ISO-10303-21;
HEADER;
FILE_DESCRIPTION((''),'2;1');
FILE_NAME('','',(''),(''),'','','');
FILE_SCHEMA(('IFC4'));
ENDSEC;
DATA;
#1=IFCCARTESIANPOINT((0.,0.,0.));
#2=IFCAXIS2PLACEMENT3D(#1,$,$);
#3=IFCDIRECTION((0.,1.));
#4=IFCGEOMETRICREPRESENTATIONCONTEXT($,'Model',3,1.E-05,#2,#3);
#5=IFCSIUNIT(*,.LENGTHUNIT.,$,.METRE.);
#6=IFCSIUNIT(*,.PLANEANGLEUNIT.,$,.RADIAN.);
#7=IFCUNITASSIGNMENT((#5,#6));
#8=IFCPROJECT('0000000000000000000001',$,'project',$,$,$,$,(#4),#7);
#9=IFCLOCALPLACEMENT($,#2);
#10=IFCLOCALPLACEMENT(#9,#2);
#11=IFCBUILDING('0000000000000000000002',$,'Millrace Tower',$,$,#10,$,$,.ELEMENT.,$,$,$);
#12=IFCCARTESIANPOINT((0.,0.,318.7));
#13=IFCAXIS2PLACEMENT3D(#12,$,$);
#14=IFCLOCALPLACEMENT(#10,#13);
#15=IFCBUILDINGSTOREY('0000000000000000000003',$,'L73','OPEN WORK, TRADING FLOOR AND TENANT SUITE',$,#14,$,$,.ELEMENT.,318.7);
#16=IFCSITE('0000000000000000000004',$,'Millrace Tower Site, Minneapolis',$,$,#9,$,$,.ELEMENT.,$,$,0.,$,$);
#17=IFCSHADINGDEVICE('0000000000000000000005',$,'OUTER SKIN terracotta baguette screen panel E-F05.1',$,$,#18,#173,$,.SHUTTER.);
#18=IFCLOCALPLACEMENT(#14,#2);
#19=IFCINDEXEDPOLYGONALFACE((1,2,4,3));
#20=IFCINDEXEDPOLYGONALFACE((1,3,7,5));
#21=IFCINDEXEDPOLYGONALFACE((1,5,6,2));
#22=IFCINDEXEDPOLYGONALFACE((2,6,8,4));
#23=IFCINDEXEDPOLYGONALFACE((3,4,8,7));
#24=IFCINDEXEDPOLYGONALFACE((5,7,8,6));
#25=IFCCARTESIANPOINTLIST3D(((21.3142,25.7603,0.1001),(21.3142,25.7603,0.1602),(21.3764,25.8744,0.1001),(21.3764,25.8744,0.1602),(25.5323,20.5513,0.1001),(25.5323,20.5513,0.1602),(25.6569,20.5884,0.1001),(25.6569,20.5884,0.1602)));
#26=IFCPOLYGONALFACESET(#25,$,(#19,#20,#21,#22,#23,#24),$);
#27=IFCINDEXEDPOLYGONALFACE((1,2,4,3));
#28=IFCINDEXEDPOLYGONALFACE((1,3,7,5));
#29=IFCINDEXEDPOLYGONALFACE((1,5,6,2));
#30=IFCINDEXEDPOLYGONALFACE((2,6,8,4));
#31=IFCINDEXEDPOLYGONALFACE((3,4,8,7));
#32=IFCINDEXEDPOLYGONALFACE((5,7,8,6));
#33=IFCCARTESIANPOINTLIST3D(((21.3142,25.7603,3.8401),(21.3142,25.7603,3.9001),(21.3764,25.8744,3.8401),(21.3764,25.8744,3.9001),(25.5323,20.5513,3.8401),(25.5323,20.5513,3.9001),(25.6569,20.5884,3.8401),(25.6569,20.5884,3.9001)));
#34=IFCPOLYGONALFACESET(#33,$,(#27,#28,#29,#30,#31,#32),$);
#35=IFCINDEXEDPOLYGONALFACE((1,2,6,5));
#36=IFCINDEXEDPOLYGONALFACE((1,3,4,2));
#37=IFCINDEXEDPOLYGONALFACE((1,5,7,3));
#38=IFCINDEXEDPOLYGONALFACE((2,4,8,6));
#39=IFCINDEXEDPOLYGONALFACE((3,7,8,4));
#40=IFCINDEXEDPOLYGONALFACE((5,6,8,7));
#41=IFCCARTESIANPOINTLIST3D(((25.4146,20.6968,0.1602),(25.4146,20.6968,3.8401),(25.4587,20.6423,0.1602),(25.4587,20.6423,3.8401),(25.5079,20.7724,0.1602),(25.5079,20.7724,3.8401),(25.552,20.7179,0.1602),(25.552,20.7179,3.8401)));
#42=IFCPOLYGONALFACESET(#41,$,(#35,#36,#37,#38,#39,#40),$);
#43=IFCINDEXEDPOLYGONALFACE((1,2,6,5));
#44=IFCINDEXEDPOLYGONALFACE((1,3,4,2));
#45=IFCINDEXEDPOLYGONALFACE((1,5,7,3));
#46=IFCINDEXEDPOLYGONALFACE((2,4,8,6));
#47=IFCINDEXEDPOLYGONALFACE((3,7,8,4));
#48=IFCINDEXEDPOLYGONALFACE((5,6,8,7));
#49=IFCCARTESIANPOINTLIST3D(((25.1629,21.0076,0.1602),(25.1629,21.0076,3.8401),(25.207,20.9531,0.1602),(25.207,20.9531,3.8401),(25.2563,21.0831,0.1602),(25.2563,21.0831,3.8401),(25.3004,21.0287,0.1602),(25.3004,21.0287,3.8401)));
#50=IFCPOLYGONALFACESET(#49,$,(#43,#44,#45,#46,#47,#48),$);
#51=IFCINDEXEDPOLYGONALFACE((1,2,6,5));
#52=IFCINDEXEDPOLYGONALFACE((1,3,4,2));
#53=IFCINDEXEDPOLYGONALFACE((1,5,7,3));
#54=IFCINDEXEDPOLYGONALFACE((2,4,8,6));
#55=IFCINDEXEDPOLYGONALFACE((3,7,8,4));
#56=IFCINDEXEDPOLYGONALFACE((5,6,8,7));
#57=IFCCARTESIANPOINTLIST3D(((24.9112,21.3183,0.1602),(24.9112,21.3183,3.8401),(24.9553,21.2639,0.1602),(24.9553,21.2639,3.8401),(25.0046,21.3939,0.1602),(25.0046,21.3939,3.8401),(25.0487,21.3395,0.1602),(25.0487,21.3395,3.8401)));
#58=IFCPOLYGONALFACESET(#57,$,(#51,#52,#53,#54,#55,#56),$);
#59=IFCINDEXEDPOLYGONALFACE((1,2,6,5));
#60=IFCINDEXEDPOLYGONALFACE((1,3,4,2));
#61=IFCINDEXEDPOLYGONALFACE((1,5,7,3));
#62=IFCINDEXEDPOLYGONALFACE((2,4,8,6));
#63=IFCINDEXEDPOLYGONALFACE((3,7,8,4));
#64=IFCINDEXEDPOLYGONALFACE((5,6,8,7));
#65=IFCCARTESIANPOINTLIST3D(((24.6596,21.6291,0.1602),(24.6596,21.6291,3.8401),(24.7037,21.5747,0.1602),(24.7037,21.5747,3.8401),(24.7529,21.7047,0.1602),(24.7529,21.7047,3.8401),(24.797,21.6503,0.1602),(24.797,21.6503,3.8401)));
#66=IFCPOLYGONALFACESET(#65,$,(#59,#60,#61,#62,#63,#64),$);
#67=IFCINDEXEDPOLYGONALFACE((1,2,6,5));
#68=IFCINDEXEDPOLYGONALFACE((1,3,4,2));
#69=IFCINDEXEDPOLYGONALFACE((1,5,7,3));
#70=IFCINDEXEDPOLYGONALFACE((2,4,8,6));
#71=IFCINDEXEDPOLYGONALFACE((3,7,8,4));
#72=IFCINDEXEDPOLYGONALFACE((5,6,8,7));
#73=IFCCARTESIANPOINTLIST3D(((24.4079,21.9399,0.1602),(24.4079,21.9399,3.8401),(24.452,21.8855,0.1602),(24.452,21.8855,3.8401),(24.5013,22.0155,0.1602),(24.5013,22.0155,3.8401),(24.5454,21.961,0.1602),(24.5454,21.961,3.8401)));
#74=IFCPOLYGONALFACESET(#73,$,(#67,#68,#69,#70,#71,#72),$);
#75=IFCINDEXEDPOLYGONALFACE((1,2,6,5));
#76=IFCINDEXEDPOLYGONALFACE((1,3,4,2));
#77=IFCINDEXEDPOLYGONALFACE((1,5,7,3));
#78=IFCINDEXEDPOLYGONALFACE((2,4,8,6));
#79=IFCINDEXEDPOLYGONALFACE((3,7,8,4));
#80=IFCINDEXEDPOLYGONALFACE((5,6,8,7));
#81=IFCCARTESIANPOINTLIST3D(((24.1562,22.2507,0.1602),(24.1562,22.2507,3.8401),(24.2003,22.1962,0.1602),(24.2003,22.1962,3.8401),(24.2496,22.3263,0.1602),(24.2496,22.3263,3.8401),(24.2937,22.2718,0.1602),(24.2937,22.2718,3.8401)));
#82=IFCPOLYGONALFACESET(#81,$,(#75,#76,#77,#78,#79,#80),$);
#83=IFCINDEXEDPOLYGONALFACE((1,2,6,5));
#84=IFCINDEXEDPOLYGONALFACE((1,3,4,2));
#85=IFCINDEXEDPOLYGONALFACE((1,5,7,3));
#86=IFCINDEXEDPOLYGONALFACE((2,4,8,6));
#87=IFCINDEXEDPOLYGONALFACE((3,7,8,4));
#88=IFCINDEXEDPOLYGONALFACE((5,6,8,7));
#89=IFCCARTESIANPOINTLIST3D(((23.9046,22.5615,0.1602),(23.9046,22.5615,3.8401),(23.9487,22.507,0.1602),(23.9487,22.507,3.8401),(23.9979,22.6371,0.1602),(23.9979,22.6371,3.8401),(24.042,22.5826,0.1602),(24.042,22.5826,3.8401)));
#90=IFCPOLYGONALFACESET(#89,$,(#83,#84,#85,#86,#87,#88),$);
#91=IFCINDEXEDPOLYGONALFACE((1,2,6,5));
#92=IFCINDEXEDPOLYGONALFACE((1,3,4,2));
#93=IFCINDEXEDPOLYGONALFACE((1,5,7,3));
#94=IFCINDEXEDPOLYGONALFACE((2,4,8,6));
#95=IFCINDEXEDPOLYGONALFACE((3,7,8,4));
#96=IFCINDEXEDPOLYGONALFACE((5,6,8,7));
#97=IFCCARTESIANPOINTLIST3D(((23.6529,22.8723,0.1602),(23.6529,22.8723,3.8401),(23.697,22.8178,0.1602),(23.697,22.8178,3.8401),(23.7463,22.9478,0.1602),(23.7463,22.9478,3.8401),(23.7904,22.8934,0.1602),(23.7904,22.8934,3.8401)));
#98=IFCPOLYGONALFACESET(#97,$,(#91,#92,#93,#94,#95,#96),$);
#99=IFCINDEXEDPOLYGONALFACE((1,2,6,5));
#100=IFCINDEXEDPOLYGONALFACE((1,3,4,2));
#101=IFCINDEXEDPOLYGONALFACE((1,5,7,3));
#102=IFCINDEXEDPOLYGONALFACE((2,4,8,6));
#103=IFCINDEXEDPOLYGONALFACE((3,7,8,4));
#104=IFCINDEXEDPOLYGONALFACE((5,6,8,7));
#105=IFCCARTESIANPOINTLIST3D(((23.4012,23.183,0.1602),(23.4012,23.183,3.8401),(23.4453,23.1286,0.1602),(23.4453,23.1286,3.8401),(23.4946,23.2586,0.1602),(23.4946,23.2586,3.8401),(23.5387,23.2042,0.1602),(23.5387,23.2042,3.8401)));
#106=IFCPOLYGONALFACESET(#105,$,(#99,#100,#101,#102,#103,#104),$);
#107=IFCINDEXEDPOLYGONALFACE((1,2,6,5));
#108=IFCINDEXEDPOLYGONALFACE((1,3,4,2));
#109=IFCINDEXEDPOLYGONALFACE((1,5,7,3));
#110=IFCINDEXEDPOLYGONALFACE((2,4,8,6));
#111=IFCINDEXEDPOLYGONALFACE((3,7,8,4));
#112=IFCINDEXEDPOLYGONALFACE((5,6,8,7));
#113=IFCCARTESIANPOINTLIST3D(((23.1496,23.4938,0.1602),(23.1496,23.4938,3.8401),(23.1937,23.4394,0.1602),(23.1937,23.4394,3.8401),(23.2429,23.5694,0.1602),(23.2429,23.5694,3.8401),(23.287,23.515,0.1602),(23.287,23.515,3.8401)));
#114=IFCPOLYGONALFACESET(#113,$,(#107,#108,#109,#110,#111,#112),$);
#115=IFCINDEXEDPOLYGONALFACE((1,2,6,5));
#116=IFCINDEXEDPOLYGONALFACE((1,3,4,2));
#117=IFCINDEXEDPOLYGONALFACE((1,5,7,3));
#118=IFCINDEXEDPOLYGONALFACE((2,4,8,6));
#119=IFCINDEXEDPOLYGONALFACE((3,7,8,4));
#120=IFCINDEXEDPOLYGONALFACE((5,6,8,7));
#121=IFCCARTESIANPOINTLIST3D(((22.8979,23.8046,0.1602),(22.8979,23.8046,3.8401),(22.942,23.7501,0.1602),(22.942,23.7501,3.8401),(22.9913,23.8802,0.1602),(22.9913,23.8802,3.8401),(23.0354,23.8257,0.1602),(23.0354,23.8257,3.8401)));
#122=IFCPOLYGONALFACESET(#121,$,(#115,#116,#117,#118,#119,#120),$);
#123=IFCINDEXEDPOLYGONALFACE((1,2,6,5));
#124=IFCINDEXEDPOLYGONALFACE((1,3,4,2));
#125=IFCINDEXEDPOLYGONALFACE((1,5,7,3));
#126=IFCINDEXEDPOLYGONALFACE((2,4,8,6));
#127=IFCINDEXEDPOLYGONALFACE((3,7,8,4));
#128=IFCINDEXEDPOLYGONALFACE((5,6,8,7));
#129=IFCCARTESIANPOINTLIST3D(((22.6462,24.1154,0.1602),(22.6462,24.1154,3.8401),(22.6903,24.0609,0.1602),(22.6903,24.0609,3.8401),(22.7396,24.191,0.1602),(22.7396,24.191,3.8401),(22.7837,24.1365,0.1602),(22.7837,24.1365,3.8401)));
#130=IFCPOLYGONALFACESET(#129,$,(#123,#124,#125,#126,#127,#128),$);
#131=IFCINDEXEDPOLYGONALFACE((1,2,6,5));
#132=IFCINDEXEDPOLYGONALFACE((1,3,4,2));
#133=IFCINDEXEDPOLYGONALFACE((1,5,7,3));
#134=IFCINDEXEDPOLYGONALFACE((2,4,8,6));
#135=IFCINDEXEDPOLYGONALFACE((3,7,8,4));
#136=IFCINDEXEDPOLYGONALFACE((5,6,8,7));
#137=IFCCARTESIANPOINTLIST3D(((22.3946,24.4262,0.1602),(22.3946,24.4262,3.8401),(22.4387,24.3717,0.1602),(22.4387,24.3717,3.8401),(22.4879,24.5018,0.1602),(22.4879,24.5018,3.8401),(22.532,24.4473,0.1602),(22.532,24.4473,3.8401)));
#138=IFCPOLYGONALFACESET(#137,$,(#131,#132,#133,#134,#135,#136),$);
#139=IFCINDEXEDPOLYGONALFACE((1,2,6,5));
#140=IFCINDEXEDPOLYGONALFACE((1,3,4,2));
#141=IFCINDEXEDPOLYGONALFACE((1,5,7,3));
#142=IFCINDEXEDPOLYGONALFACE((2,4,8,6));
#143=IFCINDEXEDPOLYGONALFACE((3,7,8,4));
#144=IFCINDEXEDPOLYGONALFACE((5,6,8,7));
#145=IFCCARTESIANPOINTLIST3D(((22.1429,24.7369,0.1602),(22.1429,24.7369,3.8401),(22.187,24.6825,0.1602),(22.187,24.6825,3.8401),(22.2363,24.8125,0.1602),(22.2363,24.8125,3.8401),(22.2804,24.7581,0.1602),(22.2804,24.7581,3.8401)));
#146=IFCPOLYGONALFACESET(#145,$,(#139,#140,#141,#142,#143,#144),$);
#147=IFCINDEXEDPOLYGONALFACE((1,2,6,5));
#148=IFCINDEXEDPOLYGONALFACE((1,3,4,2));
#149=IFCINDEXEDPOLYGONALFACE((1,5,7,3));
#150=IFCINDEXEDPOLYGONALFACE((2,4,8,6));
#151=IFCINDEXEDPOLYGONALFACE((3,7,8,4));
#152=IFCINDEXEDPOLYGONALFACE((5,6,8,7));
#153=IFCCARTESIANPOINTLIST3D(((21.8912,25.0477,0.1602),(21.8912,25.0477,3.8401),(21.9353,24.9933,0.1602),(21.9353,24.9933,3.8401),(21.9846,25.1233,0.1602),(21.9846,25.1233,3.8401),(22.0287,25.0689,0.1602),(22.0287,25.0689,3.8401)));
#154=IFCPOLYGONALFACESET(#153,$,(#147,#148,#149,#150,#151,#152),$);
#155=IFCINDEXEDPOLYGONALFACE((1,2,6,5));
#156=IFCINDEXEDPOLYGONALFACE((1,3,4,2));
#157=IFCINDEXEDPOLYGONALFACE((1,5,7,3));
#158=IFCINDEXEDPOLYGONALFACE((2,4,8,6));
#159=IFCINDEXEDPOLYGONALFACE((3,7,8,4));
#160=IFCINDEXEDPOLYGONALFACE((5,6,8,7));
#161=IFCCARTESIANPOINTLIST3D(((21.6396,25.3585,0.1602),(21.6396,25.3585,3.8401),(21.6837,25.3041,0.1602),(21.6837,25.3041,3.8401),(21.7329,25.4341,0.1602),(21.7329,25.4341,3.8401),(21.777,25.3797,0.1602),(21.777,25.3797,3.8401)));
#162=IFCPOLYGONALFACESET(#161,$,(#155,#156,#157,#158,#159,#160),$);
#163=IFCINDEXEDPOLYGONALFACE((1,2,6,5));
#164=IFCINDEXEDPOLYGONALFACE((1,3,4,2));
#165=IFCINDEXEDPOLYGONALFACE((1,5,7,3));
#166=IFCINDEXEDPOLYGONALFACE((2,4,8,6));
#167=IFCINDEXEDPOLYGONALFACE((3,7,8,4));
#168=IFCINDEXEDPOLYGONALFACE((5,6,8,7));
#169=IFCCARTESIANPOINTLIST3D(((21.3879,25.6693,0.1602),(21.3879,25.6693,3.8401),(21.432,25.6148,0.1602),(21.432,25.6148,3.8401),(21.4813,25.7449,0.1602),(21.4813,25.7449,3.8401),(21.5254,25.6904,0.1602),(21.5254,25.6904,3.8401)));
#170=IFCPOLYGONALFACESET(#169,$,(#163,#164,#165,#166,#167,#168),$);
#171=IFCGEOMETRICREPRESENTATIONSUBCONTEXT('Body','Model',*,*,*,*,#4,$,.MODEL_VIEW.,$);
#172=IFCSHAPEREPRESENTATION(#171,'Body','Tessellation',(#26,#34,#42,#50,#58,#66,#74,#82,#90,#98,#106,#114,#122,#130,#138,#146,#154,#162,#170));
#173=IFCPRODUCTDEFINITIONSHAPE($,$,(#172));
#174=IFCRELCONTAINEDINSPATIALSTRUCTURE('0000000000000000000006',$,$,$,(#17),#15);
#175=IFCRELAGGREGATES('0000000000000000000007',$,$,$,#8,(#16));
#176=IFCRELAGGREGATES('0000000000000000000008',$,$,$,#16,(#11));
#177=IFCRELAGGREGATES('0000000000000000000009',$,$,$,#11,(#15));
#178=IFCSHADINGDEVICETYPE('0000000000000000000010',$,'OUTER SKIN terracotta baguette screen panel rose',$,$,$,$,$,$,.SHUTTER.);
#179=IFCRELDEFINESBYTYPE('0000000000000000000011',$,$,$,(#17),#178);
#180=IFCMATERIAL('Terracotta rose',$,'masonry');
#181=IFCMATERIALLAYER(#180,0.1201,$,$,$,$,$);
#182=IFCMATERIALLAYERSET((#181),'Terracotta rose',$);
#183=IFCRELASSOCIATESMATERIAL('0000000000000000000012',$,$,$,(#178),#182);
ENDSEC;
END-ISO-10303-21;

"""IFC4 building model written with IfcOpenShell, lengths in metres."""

from ifc_helpers import new_model, entity, si_unit, direction, frame, frame_2d, origin, origin_2d, place, context, subcontext, project, spatial, rectangle, extrude, source, transform, mapped, material, layer, layer_set, type_object, element, save


model = new_model("IFC4")

# Units and contexts
model_context = context("Model", 3, precision=1e-05, world=origin(), true_north=direction((0.0, 1.0)))
body_context = subcontext(model_context, "Body", "Model", "MODEL_VIEW")
ifc_project = project(units=[si_unit("LENGTHUNIT", "METRE"), si_unit("PLANEANGLEUNIT", "RADIAN")], contexts=[model_context])

# Site, building, storey
site_placement = place(None, origin())
site = spatial("IfcSite", under=ifc_project, at=site_placement, Name="Millrace Tower Site, Minneapolis", CompositionType="ELEMENT", RefElevation=0.0)
building_placement = place(site_placement, origin())
building = spatial("IfcBuilding", under=site, at=building_placement, Name="Millrace Tower", CompositionType="ELEMENT")
storey_placement = place(building_placement, frame((0.0, 0.0, 318.7)))
storey = spatial("IfcBuildingStorey", under=building, at=storey_placement, Name="L73", Description="OPEN WORK, TRADING FLOOR AND TENANT SUITE", CompositionType="ELEMENT", Elevation=318.7)

# Shading device
ifc_material_1 = material(Name="Terracotta rose", Category="masonry")
ifc_layer_1 = layer(ifc_material_1, 0.1201)
ifc_layer_set_1 = layer_set([ifc_layer_1], Name="Terracotta rose")
shading_device_type = type_object("IfcShadingDeviceType", Name="OUTER SKIN terracotta baguette screen panel rose", PredefinedType="SHUTTER", material=ifc_layer_set_1)
cartesian_point_1 = entity("IfcCartesianPoint", [-3.3513, 0.0601])
shared_polyline_1 = entity("IfcPolyline", [cartesian_point_1, entity("IfcCartesianPoint", [3.3513, 0.0601]), entity("IfcCartesianPoint", [3.4009, -0.0601]), entity("IfcCartesianPoint", [-3.4009, -0.0601]), cartesian_point_1])
shared_shape_1 = source(origin(), body_context, "Body", "SweptSolid", [
    entity("IfcExtrudedAreaSolid", entity("IfcArbitraryClosedProfileDef", "AREA", None, shared_polyline_1), entity("IfcAxis2Placement3D", entity("IfcCartesianPoint", [0.0, 0.0, 0.0])), entity("IfcDirection", [0.0, 0.0, 1.0]), 0.0601),
    entity("IfcExtrudedAreaSolid", entity("IfcArbitraryClosedProfileDef", "AREA", None, shared_polyline_1), entity("IfcAxis2Placement3D", entity("IfcCartesianPoint", [0.0, 0.0, 3.74])), entity("IfcDirection", [0.0, 0.0, 1.0]), 0.0601),
    extrude(rectangle(XDim=0.0701, YDim=0.1201, at=frame_2d((-3.1992, 0.0))), frame((0.0, 0.0, 0.0601)), (0.0, 0.0, 1.0), 3.6799),
    extrude(rectangle(XDim=0.0701, YDim=0.1201, at=frame_2d((-2.7993, 0.0))), frame((0.0, 0.0, 0.0601)), (0.0, 0.0, 1.0), 3.6799),
    extrude(rectangle(XDim=0.0701, YDim=0.1201, at=frame_2d((-2.3994, 0.0))), frame((0.0, 0.0, 0.0601)), (0.0, 0.0, 1.0), 3.6799),
    extrude(rectangle(XDim=0.0701, YDim=0.1201, at=frame_2d((-1.9995, 0.0))), frame((0.0, 0.0, 0.0601)), (0.0, 0.0, 1.0), 3.6799),
    extrude(rectangle(XDim=0.0701, YDim=0.1201, at=frame_2d((-1.5996, 0.0))), frame((0.0, 0.0, 0.0601)), (0.0, 0.0, 1.0), 3.6799),
    extrude(rectangle(XDim=0.0701, YDim=0.1201, at=frame_2d((-1.1997, 0.0))), frame((0.0, 0.0, 0.0601)), (0.0, 0.0, 1.0), 3.6799),
    extrude(rectangle(XDim=0.0701, YDim=0.1201, at=frame_2d((-0.7998, 0.0))), frame((0.0, 0.0, 0.0601)), (0.0, 0.0, 1.0), 3.6799),
    extrude(rectangle(XDim=0.0701, YDim=0.1201, at=frame_2d((-0.3999, 0.0))), frame((0.0, 0.0, 0.0601)), (0.0, 0.0, 1.0), 3.6799),
    extrude(rectangle(XDim=0.0701, YDim=0.1201, at=origin_2d()), frame((0.0, 0.0, 0.0601)), (0.0, 0.0, 1.0), 3.6799),
    extrude(rectangle(XDim=0.0701, YDim=0.1201, at=frame_2d((0.3999, 0.0))), frame((0.0, 0.0, 0.0601)), (0.0, 0.0, 1.0), 3.6799),
    extrude(rectangle(XDim=0.0701, YDim=0.1201, at=frame_2d((0.7998, 0.0))), frame((0.0, 0.0, 0.0601)), (0.0, 0.0, 1.0), 3.6799),
    extrude(rectangle(XDim=0.0701, YDim=0.1201, at=frame_2d((1.1997, 0.0))), frame((0.0, 0.0, 0.0601)), (0.0, 0.0, 1.0), 3.6799),
    extrude(rectangle(XDim=0.0701, YDim=0.1201, at=frame_2d((1.5996, 0.0))), frame((0.0, 0.0, 0.0601)), (0.0, 0.0, 1.0), 3.6799),
    extrude(rectangle(XDim=0.0701, YDim=0.1201, at=frame_2d((1.9995, 0.0))), frame((0.0, 0.0, 0.0601)), (0.0, 0.0, 1.0), 3.6799),
    extrude(rectangle(XDim=0.0701, YDim=0.1201, at=frame_2d((2.3994, 0.0))), frame((0.0, 0.0, 0.0601)), (0.0, 0.0, 1.0), 3.6799),
    extrude(rectangle(XDim=0.0701, YDim=0.1201, at=frame_2d((2.7993, 0.0))), frame((0.0, 0.0, 0.0601)), (0.0, 0.0, 1.0), 3.6799),
    extrude(rectangle(XDim=0.0701, YDim=0.1201, at=frame_2d((3.1992, 0.0))), frame((0.0, 0.0, 0.0601)), (0.0, 0.0, 1.0), 3.6799),
])
shading_device_1_placement = place(storey_placement, frame((23.47, 23.1936, 0.1001), z_axis=(0.0, 0.0, 1.0), x_axis=(-0.62932, 0.777146, 0.0)))
element("IfcShadingDevice", 1, at=shading_device_1_placement, inside=storey, type_object=shading_device_type, Name="OUTER SKIN terracotta baguette screen panel E-F05.1", PredefinedType="SHUTTER", context=body_context, shape_type="MappedRepresentation", body=[
    mapped(shared_shape_1, transform((0.0, 0.0, 0.0), scale=1.0)),
])

save(model, "model.ifc")
